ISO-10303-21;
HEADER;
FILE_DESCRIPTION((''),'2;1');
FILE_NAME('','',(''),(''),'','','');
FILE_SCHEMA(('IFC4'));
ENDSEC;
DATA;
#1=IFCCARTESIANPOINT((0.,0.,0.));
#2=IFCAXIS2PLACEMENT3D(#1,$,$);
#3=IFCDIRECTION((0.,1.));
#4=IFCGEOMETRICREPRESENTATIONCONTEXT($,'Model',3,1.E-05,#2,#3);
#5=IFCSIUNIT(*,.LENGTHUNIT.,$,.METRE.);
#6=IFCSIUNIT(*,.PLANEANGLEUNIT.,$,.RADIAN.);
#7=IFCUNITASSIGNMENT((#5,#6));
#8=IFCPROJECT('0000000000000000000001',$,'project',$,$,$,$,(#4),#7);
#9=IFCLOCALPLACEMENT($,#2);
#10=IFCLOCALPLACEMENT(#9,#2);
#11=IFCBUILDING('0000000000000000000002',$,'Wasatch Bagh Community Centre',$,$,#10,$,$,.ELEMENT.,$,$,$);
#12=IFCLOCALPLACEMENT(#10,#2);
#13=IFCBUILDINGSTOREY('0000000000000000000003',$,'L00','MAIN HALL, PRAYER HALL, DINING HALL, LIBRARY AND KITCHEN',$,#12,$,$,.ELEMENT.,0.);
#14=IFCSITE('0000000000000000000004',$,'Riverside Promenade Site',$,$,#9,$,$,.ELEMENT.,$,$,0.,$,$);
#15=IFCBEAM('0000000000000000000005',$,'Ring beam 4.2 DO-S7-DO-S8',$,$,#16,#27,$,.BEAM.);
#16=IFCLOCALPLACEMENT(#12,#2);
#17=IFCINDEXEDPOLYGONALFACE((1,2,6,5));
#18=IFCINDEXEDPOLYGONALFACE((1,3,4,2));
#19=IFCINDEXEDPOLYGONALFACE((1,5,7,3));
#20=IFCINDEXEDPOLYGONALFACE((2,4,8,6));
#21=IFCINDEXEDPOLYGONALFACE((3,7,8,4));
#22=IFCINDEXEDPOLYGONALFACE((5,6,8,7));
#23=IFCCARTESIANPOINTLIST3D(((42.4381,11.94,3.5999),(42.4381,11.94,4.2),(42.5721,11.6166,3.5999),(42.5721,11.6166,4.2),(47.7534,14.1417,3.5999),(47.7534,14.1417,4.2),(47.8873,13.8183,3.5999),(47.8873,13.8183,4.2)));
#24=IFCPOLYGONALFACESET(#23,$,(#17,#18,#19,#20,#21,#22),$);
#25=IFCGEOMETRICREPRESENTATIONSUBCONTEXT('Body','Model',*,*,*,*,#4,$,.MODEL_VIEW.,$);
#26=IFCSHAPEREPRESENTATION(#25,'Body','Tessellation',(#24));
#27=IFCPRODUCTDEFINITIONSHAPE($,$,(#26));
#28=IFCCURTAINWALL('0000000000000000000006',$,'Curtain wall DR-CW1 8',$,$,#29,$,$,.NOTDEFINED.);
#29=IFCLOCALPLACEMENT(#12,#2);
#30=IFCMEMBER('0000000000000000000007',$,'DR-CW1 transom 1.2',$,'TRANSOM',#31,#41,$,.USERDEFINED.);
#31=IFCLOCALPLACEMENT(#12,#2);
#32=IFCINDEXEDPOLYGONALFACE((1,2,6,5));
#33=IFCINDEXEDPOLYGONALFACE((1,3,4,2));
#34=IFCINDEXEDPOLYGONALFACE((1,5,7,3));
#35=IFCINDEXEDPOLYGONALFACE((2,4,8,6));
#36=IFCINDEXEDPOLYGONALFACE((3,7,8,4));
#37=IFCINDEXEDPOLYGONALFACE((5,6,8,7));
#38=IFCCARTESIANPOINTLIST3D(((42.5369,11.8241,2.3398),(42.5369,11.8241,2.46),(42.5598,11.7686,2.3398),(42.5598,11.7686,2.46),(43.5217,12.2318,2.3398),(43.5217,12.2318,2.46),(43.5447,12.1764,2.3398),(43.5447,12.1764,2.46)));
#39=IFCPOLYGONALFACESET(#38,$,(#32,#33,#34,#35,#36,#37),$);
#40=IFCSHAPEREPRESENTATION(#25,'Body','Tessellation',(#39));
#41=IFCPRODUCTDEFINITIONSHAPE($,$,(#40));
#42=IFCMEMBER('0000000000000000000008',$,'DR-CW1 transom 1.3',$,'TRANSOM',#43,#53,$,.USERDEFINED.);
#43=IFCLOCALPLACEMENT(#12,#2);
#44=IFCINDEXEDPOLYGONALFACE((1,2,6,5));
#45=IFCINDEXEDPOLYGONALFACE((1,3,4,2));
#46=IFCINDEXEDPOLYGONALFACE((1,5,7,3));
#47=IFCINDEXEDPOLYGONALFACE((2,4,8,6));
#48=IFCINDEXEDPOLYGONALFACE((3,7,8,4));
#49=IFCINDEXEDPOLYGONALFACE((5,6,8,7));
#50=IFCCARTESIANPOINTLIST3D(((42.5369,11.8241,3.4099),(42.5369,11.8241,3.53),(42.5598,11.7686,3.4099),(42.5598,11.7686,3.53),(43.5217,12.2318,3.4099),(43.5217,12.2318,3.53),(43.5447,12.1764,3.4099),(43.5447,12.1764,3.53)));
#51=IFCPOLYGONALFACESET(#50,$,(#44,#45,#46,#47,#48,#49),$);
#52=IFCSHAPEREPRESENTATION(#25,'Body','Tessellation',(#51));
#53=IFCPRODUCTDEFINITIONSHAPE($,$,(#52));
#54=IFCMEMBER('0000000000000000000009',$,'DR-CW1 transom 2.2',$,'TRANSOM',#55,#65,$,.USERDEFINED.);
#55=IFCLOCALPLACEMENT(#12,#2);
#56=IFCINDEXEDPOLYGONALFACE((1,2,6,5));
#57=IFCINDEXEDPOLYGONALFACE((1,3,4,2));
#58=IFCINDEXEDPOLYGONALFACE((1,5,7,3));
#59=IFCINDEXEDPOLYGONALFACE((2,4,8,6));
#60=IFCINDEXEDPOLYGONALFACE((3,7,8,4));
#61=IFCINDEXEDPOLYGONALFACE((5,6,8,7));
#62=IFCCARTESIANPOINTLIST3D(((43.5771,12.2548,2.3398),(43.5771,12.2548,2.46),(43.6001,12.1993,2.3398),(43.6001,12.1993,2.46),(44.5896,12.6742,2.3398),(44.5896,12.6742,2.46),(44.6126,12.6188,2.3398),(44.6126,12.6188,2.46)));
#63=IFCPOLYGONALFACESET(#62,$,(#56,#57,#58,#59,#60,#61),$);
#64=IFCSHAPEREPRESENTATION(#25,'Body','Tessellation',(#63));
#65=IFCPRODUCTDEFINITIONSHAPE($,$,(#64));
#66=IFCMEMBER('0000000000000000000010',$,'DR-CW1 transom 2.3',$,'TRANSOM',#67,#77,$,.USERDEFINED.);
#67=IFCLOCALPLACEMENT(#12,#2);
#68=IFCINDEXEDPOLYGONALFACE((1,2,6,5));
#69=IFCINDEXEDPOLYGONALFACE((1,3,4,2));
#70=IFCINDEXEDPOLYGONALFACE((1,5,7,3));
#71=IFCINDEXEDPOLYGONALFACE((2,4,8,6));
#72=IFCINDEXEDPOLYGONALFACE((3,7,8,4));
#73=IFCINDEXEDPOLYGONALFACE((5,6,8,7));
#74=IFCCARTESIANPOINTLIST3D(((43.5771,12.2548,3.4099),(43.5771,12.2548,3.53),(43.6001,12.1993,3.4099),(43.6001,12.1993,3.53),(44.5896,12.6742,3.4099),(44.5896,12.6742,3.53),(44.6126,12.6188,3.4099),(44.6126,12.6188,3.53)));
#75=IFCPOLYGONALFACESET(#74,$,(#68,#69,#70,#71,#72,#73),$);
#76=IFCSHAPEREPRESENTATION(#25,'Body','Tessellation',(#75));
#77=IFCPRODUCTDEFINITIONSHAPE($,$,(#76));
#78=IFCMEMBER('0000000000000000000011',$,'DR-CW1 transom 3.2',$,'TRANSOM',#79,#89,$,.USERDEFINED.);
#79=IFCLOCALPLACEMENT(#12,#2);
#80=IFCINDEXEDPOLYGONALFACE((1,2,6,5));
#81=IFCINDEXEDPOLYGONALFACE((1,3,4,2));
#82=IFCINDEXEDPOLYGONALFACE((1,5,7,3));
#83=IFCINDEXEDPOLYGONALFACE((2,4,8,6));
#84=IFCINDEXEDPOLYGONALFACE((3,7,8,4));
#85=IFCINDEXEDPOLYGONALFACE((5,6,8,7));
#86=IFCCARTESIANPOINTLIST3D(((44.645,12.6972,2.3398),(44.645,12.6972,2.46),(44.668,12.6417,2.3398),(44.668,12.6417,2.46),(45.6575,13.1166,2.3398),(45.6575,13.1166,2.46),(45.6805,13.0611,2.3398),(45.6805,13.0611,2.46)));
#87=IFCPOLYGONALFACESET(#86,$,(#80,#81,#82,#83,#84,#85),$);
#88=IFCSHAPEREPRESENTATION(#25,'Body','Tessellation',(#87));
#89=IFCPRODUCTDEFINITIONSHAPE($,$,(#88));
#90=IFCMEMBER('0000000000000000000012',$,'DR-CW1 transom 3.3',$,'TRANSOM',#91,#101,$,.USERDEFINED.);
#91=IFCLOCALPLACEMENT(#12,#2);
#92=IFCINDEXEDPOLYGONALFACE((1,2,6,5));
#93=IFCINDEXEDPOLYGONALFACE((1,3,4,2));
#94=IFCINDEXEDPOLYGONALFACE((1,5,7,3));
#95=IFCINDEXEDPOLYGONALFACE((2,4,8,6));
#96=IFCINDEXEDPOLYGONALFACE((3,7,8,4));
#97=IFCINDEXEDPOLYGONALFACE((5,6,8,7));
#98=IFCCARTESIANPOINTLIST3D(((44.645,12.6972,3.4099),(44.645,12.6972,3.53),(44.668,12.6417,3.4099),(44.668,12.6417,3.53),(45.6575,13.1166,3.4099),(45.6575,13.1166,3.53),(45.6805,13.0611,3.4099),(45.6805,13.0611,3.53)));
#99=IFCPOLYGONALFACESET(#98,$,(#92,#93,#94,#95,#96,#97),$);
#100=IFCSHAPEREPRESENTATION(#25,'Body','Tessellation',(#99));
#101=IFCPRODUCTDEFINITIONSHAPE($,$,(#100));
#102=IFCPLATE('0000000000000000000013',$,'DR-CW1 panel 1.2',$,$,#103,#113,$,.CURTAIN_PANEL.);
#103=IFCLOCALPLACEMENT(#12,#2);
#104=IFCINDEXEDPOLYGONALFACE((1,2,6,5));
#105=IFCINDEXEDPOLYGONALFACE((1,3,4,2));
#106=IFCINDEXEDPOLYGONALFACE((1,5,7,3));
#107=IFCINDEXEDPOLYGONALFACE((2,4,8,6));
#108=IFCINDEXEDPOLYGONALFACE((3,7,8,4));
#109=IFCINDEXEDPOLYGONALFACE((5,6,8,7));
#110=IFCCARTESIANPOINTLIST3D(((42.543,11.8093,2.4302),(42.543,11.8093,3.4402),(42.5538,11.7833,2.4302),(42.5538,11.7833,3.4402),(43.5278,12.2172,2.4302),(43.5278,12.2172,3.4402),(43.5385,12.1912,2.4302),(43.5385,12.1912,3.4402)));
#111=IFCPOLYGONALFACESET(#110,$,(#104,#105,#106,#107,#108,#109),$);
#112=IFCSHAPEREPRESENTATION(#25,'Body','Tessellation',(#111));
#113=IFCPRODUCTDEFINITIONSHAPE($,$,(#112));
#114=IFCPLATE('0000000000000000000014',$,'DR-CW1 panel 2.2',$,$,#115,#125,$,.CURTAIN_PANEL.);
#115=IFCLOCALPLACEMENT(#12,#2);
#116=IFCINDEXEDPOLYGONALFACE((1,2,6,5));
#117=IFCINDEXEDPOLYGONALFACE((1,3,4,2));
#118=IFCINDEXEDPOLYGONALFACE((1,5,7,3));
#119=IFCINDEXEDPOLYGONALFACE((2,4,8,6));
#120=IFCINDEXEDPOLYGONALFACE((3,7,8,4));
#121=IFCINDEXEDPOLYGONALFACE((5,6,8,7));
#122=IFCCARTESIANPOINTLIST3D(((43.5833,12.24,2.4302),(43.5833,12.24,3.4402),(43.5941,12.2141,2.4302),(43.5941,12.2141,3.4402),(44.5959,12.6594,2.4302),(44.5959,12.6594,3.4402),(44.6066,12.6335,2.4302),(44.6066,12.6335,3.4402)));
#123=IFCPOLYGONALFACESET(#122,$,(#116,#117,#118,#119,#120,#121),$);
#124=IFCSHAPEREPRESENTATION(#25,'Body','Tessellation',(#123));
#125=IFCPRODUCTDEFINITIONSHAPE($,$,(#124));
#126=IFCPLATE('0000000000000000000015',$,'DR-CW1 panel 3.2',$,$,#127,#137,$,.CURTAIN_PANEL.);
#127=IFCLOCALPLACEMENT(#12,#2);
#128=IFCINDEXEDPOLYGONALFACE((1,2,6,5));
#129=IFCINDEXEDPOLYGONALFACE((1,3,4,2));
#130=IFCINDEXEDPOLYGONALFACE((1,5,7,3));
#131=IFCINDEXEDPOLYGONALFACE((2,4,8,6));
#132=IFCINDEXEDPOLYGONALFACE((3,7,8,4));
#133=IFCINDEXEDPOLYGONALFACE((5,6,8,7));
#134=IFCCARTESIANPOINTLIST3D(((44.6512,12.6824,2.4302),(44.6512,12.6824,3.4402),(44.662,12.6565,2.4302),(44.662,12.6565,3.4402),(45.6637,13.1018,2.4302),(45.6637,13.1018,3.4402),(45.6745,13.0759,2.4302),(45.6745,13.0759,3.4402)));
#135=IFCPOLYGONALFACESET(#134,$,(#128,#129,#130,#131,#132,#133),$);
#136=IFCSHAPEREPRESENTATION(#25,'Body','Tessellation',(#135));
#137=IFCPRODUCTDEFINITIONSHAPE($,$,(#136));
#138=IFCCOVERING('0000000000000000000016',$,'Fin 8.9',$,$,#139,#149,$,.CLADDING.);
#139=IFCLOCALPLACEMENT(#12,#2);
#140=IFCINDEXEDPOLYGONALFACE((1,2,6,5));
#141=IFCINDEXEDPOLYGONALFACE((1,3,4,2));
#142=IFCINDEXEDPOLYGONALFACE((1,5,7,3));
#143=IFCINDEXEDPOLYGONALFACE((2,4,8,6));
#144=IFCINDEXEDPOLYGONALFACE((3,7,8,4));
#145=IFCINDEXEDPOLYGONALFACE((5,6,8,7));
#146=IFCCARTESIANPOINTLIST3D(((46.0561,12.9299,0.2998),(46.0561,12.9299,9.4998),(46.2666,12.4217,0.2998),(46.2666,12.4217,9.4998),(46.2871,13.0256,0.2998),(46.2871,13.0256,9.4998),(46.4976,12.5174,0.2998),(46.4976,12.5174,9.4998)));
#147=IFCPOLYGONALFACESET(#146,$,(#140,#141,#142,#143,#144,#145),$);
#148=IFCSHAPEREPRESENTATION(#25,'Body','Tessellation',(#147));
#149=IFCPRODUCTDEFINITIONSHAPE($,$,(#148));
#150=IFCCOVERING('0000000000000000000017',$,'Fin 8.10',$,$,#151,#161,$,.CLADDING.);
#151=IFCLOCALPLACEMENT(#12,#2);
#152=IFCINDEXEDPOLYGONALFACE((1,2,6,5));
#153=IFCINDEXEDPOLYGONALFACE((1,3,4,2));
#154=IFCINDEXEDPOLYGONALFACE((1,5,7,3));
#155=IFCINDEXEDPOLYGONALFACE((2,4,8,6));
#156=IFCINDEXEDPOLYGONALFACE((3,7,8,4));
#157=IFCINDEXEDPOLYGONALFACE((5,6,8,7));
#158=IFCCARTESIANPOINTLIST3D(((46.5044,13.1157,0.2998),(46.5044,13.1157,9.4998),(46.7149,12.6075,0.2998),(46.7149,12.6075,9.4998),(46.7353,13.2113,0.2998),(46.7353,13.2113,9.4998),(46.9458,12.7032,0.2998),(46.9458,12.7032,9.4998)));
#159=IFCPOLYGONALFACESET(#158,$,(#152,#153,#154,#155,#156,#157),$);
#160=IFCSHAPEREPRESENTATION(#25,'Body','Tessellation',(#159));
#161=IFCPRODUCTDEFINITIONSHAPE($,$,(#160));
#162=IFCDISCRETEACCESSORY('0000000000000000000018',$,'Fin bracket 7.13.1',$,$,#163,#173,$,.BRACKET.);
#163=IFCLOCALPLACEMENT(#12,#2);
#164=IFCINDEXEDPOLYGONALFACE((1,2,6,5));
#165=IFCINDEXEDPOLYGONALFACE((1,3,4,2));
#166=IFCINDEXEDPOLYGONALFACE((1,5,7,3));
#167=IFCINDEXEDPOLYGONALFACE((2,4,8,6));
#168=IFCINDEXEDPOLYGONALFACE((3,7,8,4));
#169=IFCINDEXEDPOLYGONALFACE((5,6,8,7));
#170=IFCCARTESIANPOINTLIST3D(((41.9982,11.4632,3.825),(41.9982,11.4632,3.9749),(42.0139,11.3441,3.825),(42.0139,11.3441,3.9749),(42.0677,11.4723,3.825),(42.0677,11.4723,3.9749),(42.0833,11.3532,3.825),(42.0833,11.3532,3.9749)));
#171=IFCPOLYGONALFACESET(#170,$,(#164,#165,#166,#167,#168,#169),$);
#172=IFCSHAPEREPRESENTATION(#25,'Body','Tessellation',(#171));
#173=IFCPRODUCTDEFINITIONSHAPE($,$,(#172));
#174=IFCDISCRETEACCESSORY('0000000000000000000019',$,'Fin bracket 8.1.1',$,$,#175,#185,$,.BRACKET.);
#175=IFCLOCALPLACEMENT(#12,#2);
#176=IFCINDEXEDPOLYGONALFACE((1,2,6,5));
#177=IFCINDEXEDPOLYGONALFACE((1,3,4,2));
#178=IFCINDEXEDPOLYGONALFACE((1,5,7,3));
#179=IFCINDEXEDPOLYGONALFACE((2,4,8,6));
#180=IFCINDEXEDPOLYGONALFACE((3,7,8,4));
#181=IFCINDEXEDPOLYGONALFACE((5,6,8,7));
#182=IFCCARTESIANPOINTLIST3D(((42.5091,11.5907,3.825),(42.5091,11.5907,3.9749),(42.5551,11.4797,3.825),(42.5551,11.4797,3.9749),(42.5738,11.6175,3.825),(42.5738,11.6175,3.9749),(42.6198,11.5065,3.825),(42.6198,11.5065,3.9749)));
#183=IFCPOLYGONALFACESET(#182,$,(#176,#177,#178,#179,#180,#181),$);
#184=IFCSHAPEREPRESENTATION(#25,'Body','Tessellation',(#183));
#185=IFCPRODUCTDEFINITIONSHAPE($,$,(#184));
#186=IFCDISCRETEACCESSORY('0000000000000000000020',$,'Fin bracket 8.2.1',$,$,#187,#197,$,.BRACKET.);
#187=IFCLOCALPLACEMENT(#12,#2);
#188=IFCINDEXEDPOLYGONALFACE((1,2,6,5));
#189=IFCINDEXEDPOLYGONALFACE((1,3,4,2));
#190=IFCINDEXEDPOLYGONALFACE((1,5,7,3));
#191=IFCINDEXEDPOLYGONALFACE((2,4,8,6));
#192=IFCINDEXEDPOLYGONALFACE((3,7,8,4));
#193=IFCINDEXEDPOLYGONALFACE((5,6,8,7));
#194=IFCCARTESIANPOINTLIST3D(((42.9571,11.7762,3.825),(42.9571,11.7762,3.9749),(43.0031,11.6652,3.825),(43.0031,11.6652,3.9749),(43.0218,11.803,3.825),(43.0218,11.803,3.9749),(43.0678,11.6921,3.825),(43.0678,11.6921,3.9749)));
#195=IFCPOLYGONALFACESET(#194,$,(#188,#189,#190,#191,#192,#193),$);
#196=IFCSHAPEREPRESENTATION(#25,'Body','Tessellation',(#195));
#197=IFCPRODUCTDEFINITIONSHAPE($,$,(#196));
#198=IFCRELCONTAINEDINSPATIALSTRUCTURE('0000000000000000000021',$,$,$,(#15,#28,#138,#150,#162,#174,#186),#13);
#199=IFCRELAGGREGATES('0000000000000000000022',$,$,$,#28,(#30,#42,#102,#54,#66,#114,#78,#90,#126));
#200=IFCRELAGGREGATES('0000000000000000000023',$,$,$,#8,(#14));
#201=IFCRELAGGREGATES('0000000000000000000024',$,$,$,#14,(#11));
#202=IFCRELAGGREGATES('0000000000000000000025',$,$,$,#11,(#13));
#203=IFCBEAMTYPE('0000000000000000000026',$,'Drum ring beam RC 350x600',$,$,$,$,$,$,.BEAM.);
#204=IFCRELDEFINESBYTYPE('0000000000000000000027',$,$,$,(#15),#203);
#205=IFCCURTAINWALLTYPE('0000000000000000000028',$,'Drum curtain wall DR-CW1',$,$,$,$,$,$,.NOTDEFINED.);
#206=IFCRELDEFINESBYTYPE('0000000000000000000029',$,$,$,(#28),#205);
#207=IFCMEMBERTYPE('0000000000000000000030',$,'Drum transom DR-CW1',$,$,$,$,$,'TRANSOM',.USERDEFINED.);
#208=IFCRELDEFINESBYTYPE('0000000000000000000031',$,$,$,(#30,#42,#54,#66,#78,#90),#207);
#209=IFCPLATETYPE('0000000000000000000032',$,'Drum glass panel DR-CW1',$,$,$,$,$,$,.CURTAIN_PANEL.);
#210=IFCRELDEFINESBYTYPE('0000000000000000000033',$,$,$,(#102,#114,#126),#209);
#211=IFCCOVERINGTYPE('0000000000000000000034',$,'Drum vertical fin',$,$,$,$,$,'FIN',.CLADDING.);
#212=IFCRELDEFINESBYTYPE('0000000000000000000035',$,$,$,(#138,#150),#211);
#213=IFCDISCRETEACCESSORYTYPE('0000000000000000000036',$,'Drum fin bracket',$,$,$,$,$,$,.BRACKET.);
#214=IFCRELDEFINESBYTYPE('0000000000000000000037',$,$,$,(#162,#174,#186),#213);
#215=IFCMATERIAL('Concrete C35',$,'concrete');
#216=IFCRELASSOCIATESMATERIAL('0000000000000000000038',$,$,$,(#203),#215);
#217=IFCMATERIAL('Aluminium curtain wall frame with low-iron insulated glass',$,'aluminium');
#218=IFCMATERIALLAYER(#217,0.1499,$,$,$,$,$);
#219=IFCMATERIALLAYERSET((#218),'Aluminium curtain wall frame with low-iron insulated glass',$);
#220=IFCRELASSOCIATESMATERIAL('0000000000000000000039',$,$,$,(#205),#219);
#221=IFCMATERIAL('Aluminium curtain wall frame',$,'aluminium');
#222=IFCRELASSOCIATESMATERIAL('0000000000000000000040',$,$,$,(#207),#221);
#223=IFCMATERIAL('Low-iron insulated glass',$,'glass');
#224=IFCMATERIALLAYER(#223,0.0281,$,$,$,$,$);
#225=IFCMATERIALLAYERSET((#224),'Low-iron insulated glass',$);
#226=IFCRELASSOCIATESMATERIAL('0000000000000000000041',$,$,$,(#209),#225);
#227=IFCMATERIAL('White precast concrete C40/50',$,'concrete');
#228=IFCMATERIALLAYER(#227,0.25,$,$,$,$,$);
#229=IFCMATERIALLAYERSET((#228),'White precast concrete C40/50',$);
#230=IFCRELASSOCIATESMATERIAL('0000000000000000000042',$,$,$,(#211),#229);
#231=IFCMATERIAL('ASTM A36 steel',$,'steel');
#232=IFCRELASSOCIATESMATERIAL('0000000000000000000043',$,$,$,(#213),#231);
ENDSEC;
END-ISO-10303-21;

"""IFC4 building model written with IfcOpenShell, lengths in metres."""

from ifc_helpers import new_model, si_unit, direction, frame, origin, origin_2d, place, context, subcontext, project, spatial, rectangle, extrude, material, layer, layer_set, material_profile, profile_set, type_object, element, aggregate, save


model = new_model("IFC4")

# Units and contexts
model_context = context("Model", 3, precision=1e-05, world=origin(), true_north=direction((0.0, 1.0)))
body_context = subcontext(model_context, "Body", "Model", "MODEL_VIEW")
ifc_project = project(units=[si_unit("LENGTHUNIT", "METRE"), si_unit("PLANEANGLEUNIT", "RADIAN")], contexts=[model_context])

# Site, building, storey
site_placement = place(None, origin())
site = spatial("IfcSite", under=ifc_project, at=site_placement, Name="Riverside Promenade Site", CompositionType="ELEMENT", RefElevation=0.0)
building_placement = place(site_placement, origin())
building = spatial("IfcBuilding", under=site, at=building_placement, Name="Wasatch Bagh Community Centre", CompositionType="ELEMENT")
storey_placement = place(building_placement, origin())
storey = spatial("IfcBuildingStorey", under=building, at=storey_placement, Name="L00", Description="MAIN HALL, PRAYER HALL, DINING HALL, LIBRARY AND KITCHEN", CompositionType="ELEMENT", Elevation=0.0)

# Beam
ifc_material_1 = material(Name="Concrete C35", Category="concrete")
ifc_material_profile_1 = material_profile(ifc_material_1, rectangle(XDim=0.3501, YDim=0.6001, at=origin_2d()), Name="RC 350x600")
ifc_profile_set_1 = profile_set([ifc_material_profile_1], Name="Concrete C35")
beam_type = type_object("IfcBeamType", Name="Drum ring beam RC 350x600", PredefinedType="BEAM", material=ifc_profile_set_1)
beam_placement = place(storey_placement, frame((42.5051, 11.7783, 3.8999), z_axis=(0.923877, 0.382689, 0.0), x_axis=(-0.382689, 0.923877, 0.0)))
element("IfcBeam", 1, at=beam_placement, inside=storey, type_object=beam_type, Name="Ring beam 4.2 DO-S7-DO-S8", PredefinedType="BEAM", context=body_context, shape_type="SweptSolid", body=[
    extrude(rectangle(XDim=0.3501, YDim=0.6001, at=origin_2d()), origin(), (0.0, 0.0, 1.0), 5.7532),
])

# Curtain wall, members, plates
ifc_material_2 = material(Name="Aluminium curtain wall frame with low-iron insulated glass", Category="aluminium")
ifc_layer_1 = layer(ifc_material_2, 0.1499)
ifc_layer_set_1 = layer_set([ifc_layer_1], Name="Aluminium curtain wall frame with low-iron insulated glass")
curtain_wall_type = type_object("IfcCurtainWallType", Name="Drum curtain wall DR-CW1", PredefinedType="NOTDEFINED", material=ifc_layer_set_1)
curtain_wall_placement = place(storey_placement, origin())
curtain_wall = element("IfcCurtainWall", 2, at=curtain_wall_placement, inside=storey, type_object=curtain_wall_type, Name="Curtain wall DR-CW1 8", PredefinedType="NOTDEFINED")
ifc_material_3 = material(Name="Aluminium curtain wall frame", Category="aluminium")
ifc_material_profile_2 = material_profile(ifc_material_3, rectangle(XDim=0.0601, YDim=0.1201, at=origin_2d()), Name="Drum transom DR-CW1")
ifc_profile_set_2 = profile_set([ifc_material_profile_2], Name="Aluminium curtain wall frame")
member_type = type_object("IfcMemberType", Name="Drum transom DR-CW1", ElementType="TRANSOM", PredefinedType="USERDEFINED", material=ifc_profile_set_2)
member_1_placement = place(storey_placement, frame((42.5483, 11.7964, 2.3999), z_axis=(0.923955, 0.3825, 0.0), x_axis=(-0.3825, 0.923955, 0.0)))
member_1 = element("IfcMember", 3, at=member_1_placement, type_object=member_type, Name="DR-CW1 transom 1.2", ObjectType="TRANSOM", PredefinedType="USERDEFINED", context=body_context, shape_type="SweptSolid", body=[
    extrude(rectangle(XDim=0.0601, YDim=0.1201, at=origin_2d()), origin(), (0.0, 0.0, 1.0), 1.0659),
])
member_2_placement = place(storey_placement, frame((42.5483, 11.7964, 3.47), z_axis=(0.923955, 0.3825, 0.0), x_axis=(-0.3825, 0.923955, 0.0)))
member_2 = element("IfcMember", 4, at=member_2_placement, type_object=member_type, Name="DR-CW1 transom 1.3", ObjectType="TRANSOM", PredefinedType="USERDEFINED", context=body_context, shape_type="SweptSolid", body=[
    extrude(rectangle(XDim=0.0601, YDim=0.1201, at=origin_2d()), origin(), (0.0, 0.0, 1.0), 1.0659),
])
member_3_placement = place(storey_placement, frame((43.5886, 12.2271, 2.3999), z_axis=(0.923859, 0.382732, 0.0), x_axis=(-0.382732, 0.923859, 0.0)))
member_3 = element("IfcMember", 5, at=member_3_placement, type_object=member_type, Name="DR-CW1 transom 2.2", ObjectType="TRANSOM", PredefinedType="USERDEFINED", context=body_context, shape_type="SweptSolid", body=[
    extrude(rectangle(XDim=0.0601, YDim=0.1201, at=origin_2d()), origin(), (0.0, 0.0, 1.0), 1.0959),
])
member_4_placement = place(storey_placement, frame((43.5886, 12.2271, 3.47), z_axis=(0.923859, 0.382732, 0.0), x_axis=(-0.382732, 0.923859, 0.0)))
member_4 = element("IfcMember", 6, at=member_4_placement, type_object=member_type, Name="DR-CW1 transom 2.3", ObjectType="TRANSOM", PredefinedType="USERDEFINED", context=body_context, shape_type="SweptSolid", body=[
    extrude(rectangle(XDim=0.0601, YDim=0.1201, at=origin_2d()), origin(), (0.0, 0.0, 1.0), 1.0959),
])
member_5_placement = place(storey_placement, frame((44.6565, 12.6694, 2.3999), z_axis=(0.923859, 0.382732, 0.0), x_axis=(-0.382732, 0.923859, 0.0)))
member_5 = element("IfcMember", 7, at=member_5_placement, type_object=member_type, Name="DR-CW1 transom 3.2", ObjectType="TRANSOM", PredefinedType="USERDEFINED", context=body_context, shape_type="SweptSolid", body=[
    extrude(rectangle(XDim=0.0601, YDim=0.1201, at=origin_2d()), origin(), (0.0, 0.0, 1.0), 1.0959),
])
member_6_placement = place(storey_placement, frame((44.6565, 12.6694, 3.47), z_axis=(0.923859, 0.382732, 0.0), x_axis=(-0.382732, 0.923859, 0.0)))
member_6 = element("IfcMember", 8, at=member_6_placement, type_object=member_type, Name="DR-CW1 transom 3.3", ObjectType="TRANSOM", PredefinedType="USERDEFINED", context=body_context, shape_type="SweptSolid", body=[
    extrude(rectangle(XDim=0.0601, YDim=0.1201, at=origin_2d()), origin(), (0.0, 0.0, 1.0), 1.0959),
])
ifc_material_4 = material(Name="Low-iron insulated glass", Category="glass")
ifc_layer_2 = layer(ifc_material_4, 0.0281)
ifc_layer_set_2 = layer_set([ifc_layer_2], Name="Low-iron insulated glass")
plate_type = type_object("IfcPlateType", Name="Drum glass panel DR-CW1", PredefinedType="CURTAIN_PANEL", material=ifc_layer_set_2)
plate_1_placement = place(storey_placement, frame((43.0408, 12.0002, 2.4302), z_axis=(0.0, 0.0, 1.0), x_axis=(0.92388, 0.382683, 0.0)))
plate_1 = element("IfcPlate", 9, at=plate_1_placement, type_object=plate_type, Name="DR-CW1 panel 1.2", PredefinedType="CURTAIN_PANEL", context=body_context, shape_type="SweptSolid", body=[
    extrude(rectangle(XDim=1.0659, YDim=0.0281, at=origin_2d()), origin(), (0.0, 0.0, 1.0), 1.01),
])
plate_2_placement = place(storey_placement, frame((44.095, 12.4368, 2.4302), z_axis=(0.0, 0.0, 1.0), x_axis=(0.92388, 0.382683, 0.0)))
plate_2 = element("IfcPlate", 10, at=plate_2_placement, type_object=plate_type, Name="DR-CW1 panel 2.2", PredefinedType="CURTAIN_PANEL", context=body_context, shape_type="SweptSolid", body=[
    extrude(rectangle(XDim=1.0959, YDim=0.0281, at=origin_2d()), origin(), (0.0, 0.0, 1.0), 1.01),
])
plate_3_placement = place(storey_placement, frame((45.1628, 12.8792, 2.4302), z_axis=(0.0, 0.0, 1.0), x_axis=(0.92388, 0.382683, 0.0)))
plate_3 = element("IfcPlate", 11, at=plate_3_placement, type_object=plate_type, Name="DR-CW1 panel 3.2", PredefinedType="CURTAIN_PANEL", context=body_context, shape_type="SweptSolid", body=[
    extrude(rectangle(XDim=1.0959, YDim=0.0281, at=origin_2d()), origin(), (0.0, 0.0, 1.0), 1.01),
])
aggregate(curtain_wall, [member_1, member_2, plate_1, member_3, member_4, plate_2, member_5, member_6, plate_3])

# Coverings
ifc_material_5 = material(Name="White precast concrete C40/50", Category="concrete")
ifc_layer_3 = layer(ifc_material_5, 0.25)
ifc_layer_set_3 = layer_set([ifc_layer_3], Name="White precast concrete C40/50")
covering_type = type_object("IfcCoveringType", Name="Drum vertical fin", ElementType="FIN", PredefinedType="CLADDING", material=ifc_layer_set_3)
for number, where, z_axis, x_axis, name in (
    (12, (46.2769, 12.7236, 0.2998), (0.0, 0.0, 1.0), (0.92388, 0.382683, 0.0), "Fin 8.9"),
    (13, (46.7251, 12.9094, 0.2998), (0.0, 0.0, 1.0), (0.92388, 0.382683, 0.0), "Fin 8.10"),
):
    element("IfcCovering", number, at=place(storey_placement, frame(where, z_axis=z_axis, x_axis=x_axis)), inside=storey, type_object=covering_type, Name=name, PredefinedType="CLADDING", context=body_context, shape_type="SweptSolid", body=[
        extrude(rectangle(XDim=0.25, YDim=0.55, at=origin_2d()), origin(), (0.0, 0.0, 1.0), 9.2),
    ])

# Discrete accessories
ifc_material_6 = material(Name="ASTM A36 steel", Category="steel")
discrete_accessory_type = type_object("IfcDiscreteAccessoryType", Name="Drum fin bracket", PredefinedType="BRACKET", material=ifc_material_6)
for number, where, z_axis, x_axis, name in (
    (14, (42.0408, 11.4082, 3.825), (0.0, 0.0, 1.0), (0.991445, 0.130526, 0.0), "Fin bracket 7.13.1"),
    (15, (42.5645, 11.5486, 3.825), (0.0, 0.0, 1.0), (0.92388, 0.382683, 0.0), "Fin bracket 8.1.1"),
    (16, (43.0125, 11.7341, 3.825), (0.0, 0.0, 1.0), (0.92388, 0.382683, 0.0), "Fin bracket 8.2.1"),
):
    element("IfcDiscreteAccessory", number, at=place(storey_placement, frame(where, z_axis=z_axis, x_axis=x_axis)), inside=storey, type_object=discrete_accessory_type, Name=name, PredefinedType="BRACKET", context=body_context, shape_type="SweptSolid", body=[
        extrude(rectangle(XDim=0.0701, YDim=0.1201, at=origin_2d()), origin(), (0.0, 0.0, 1.0), 0.1499),
    ])

save(model, "model.ifc")
